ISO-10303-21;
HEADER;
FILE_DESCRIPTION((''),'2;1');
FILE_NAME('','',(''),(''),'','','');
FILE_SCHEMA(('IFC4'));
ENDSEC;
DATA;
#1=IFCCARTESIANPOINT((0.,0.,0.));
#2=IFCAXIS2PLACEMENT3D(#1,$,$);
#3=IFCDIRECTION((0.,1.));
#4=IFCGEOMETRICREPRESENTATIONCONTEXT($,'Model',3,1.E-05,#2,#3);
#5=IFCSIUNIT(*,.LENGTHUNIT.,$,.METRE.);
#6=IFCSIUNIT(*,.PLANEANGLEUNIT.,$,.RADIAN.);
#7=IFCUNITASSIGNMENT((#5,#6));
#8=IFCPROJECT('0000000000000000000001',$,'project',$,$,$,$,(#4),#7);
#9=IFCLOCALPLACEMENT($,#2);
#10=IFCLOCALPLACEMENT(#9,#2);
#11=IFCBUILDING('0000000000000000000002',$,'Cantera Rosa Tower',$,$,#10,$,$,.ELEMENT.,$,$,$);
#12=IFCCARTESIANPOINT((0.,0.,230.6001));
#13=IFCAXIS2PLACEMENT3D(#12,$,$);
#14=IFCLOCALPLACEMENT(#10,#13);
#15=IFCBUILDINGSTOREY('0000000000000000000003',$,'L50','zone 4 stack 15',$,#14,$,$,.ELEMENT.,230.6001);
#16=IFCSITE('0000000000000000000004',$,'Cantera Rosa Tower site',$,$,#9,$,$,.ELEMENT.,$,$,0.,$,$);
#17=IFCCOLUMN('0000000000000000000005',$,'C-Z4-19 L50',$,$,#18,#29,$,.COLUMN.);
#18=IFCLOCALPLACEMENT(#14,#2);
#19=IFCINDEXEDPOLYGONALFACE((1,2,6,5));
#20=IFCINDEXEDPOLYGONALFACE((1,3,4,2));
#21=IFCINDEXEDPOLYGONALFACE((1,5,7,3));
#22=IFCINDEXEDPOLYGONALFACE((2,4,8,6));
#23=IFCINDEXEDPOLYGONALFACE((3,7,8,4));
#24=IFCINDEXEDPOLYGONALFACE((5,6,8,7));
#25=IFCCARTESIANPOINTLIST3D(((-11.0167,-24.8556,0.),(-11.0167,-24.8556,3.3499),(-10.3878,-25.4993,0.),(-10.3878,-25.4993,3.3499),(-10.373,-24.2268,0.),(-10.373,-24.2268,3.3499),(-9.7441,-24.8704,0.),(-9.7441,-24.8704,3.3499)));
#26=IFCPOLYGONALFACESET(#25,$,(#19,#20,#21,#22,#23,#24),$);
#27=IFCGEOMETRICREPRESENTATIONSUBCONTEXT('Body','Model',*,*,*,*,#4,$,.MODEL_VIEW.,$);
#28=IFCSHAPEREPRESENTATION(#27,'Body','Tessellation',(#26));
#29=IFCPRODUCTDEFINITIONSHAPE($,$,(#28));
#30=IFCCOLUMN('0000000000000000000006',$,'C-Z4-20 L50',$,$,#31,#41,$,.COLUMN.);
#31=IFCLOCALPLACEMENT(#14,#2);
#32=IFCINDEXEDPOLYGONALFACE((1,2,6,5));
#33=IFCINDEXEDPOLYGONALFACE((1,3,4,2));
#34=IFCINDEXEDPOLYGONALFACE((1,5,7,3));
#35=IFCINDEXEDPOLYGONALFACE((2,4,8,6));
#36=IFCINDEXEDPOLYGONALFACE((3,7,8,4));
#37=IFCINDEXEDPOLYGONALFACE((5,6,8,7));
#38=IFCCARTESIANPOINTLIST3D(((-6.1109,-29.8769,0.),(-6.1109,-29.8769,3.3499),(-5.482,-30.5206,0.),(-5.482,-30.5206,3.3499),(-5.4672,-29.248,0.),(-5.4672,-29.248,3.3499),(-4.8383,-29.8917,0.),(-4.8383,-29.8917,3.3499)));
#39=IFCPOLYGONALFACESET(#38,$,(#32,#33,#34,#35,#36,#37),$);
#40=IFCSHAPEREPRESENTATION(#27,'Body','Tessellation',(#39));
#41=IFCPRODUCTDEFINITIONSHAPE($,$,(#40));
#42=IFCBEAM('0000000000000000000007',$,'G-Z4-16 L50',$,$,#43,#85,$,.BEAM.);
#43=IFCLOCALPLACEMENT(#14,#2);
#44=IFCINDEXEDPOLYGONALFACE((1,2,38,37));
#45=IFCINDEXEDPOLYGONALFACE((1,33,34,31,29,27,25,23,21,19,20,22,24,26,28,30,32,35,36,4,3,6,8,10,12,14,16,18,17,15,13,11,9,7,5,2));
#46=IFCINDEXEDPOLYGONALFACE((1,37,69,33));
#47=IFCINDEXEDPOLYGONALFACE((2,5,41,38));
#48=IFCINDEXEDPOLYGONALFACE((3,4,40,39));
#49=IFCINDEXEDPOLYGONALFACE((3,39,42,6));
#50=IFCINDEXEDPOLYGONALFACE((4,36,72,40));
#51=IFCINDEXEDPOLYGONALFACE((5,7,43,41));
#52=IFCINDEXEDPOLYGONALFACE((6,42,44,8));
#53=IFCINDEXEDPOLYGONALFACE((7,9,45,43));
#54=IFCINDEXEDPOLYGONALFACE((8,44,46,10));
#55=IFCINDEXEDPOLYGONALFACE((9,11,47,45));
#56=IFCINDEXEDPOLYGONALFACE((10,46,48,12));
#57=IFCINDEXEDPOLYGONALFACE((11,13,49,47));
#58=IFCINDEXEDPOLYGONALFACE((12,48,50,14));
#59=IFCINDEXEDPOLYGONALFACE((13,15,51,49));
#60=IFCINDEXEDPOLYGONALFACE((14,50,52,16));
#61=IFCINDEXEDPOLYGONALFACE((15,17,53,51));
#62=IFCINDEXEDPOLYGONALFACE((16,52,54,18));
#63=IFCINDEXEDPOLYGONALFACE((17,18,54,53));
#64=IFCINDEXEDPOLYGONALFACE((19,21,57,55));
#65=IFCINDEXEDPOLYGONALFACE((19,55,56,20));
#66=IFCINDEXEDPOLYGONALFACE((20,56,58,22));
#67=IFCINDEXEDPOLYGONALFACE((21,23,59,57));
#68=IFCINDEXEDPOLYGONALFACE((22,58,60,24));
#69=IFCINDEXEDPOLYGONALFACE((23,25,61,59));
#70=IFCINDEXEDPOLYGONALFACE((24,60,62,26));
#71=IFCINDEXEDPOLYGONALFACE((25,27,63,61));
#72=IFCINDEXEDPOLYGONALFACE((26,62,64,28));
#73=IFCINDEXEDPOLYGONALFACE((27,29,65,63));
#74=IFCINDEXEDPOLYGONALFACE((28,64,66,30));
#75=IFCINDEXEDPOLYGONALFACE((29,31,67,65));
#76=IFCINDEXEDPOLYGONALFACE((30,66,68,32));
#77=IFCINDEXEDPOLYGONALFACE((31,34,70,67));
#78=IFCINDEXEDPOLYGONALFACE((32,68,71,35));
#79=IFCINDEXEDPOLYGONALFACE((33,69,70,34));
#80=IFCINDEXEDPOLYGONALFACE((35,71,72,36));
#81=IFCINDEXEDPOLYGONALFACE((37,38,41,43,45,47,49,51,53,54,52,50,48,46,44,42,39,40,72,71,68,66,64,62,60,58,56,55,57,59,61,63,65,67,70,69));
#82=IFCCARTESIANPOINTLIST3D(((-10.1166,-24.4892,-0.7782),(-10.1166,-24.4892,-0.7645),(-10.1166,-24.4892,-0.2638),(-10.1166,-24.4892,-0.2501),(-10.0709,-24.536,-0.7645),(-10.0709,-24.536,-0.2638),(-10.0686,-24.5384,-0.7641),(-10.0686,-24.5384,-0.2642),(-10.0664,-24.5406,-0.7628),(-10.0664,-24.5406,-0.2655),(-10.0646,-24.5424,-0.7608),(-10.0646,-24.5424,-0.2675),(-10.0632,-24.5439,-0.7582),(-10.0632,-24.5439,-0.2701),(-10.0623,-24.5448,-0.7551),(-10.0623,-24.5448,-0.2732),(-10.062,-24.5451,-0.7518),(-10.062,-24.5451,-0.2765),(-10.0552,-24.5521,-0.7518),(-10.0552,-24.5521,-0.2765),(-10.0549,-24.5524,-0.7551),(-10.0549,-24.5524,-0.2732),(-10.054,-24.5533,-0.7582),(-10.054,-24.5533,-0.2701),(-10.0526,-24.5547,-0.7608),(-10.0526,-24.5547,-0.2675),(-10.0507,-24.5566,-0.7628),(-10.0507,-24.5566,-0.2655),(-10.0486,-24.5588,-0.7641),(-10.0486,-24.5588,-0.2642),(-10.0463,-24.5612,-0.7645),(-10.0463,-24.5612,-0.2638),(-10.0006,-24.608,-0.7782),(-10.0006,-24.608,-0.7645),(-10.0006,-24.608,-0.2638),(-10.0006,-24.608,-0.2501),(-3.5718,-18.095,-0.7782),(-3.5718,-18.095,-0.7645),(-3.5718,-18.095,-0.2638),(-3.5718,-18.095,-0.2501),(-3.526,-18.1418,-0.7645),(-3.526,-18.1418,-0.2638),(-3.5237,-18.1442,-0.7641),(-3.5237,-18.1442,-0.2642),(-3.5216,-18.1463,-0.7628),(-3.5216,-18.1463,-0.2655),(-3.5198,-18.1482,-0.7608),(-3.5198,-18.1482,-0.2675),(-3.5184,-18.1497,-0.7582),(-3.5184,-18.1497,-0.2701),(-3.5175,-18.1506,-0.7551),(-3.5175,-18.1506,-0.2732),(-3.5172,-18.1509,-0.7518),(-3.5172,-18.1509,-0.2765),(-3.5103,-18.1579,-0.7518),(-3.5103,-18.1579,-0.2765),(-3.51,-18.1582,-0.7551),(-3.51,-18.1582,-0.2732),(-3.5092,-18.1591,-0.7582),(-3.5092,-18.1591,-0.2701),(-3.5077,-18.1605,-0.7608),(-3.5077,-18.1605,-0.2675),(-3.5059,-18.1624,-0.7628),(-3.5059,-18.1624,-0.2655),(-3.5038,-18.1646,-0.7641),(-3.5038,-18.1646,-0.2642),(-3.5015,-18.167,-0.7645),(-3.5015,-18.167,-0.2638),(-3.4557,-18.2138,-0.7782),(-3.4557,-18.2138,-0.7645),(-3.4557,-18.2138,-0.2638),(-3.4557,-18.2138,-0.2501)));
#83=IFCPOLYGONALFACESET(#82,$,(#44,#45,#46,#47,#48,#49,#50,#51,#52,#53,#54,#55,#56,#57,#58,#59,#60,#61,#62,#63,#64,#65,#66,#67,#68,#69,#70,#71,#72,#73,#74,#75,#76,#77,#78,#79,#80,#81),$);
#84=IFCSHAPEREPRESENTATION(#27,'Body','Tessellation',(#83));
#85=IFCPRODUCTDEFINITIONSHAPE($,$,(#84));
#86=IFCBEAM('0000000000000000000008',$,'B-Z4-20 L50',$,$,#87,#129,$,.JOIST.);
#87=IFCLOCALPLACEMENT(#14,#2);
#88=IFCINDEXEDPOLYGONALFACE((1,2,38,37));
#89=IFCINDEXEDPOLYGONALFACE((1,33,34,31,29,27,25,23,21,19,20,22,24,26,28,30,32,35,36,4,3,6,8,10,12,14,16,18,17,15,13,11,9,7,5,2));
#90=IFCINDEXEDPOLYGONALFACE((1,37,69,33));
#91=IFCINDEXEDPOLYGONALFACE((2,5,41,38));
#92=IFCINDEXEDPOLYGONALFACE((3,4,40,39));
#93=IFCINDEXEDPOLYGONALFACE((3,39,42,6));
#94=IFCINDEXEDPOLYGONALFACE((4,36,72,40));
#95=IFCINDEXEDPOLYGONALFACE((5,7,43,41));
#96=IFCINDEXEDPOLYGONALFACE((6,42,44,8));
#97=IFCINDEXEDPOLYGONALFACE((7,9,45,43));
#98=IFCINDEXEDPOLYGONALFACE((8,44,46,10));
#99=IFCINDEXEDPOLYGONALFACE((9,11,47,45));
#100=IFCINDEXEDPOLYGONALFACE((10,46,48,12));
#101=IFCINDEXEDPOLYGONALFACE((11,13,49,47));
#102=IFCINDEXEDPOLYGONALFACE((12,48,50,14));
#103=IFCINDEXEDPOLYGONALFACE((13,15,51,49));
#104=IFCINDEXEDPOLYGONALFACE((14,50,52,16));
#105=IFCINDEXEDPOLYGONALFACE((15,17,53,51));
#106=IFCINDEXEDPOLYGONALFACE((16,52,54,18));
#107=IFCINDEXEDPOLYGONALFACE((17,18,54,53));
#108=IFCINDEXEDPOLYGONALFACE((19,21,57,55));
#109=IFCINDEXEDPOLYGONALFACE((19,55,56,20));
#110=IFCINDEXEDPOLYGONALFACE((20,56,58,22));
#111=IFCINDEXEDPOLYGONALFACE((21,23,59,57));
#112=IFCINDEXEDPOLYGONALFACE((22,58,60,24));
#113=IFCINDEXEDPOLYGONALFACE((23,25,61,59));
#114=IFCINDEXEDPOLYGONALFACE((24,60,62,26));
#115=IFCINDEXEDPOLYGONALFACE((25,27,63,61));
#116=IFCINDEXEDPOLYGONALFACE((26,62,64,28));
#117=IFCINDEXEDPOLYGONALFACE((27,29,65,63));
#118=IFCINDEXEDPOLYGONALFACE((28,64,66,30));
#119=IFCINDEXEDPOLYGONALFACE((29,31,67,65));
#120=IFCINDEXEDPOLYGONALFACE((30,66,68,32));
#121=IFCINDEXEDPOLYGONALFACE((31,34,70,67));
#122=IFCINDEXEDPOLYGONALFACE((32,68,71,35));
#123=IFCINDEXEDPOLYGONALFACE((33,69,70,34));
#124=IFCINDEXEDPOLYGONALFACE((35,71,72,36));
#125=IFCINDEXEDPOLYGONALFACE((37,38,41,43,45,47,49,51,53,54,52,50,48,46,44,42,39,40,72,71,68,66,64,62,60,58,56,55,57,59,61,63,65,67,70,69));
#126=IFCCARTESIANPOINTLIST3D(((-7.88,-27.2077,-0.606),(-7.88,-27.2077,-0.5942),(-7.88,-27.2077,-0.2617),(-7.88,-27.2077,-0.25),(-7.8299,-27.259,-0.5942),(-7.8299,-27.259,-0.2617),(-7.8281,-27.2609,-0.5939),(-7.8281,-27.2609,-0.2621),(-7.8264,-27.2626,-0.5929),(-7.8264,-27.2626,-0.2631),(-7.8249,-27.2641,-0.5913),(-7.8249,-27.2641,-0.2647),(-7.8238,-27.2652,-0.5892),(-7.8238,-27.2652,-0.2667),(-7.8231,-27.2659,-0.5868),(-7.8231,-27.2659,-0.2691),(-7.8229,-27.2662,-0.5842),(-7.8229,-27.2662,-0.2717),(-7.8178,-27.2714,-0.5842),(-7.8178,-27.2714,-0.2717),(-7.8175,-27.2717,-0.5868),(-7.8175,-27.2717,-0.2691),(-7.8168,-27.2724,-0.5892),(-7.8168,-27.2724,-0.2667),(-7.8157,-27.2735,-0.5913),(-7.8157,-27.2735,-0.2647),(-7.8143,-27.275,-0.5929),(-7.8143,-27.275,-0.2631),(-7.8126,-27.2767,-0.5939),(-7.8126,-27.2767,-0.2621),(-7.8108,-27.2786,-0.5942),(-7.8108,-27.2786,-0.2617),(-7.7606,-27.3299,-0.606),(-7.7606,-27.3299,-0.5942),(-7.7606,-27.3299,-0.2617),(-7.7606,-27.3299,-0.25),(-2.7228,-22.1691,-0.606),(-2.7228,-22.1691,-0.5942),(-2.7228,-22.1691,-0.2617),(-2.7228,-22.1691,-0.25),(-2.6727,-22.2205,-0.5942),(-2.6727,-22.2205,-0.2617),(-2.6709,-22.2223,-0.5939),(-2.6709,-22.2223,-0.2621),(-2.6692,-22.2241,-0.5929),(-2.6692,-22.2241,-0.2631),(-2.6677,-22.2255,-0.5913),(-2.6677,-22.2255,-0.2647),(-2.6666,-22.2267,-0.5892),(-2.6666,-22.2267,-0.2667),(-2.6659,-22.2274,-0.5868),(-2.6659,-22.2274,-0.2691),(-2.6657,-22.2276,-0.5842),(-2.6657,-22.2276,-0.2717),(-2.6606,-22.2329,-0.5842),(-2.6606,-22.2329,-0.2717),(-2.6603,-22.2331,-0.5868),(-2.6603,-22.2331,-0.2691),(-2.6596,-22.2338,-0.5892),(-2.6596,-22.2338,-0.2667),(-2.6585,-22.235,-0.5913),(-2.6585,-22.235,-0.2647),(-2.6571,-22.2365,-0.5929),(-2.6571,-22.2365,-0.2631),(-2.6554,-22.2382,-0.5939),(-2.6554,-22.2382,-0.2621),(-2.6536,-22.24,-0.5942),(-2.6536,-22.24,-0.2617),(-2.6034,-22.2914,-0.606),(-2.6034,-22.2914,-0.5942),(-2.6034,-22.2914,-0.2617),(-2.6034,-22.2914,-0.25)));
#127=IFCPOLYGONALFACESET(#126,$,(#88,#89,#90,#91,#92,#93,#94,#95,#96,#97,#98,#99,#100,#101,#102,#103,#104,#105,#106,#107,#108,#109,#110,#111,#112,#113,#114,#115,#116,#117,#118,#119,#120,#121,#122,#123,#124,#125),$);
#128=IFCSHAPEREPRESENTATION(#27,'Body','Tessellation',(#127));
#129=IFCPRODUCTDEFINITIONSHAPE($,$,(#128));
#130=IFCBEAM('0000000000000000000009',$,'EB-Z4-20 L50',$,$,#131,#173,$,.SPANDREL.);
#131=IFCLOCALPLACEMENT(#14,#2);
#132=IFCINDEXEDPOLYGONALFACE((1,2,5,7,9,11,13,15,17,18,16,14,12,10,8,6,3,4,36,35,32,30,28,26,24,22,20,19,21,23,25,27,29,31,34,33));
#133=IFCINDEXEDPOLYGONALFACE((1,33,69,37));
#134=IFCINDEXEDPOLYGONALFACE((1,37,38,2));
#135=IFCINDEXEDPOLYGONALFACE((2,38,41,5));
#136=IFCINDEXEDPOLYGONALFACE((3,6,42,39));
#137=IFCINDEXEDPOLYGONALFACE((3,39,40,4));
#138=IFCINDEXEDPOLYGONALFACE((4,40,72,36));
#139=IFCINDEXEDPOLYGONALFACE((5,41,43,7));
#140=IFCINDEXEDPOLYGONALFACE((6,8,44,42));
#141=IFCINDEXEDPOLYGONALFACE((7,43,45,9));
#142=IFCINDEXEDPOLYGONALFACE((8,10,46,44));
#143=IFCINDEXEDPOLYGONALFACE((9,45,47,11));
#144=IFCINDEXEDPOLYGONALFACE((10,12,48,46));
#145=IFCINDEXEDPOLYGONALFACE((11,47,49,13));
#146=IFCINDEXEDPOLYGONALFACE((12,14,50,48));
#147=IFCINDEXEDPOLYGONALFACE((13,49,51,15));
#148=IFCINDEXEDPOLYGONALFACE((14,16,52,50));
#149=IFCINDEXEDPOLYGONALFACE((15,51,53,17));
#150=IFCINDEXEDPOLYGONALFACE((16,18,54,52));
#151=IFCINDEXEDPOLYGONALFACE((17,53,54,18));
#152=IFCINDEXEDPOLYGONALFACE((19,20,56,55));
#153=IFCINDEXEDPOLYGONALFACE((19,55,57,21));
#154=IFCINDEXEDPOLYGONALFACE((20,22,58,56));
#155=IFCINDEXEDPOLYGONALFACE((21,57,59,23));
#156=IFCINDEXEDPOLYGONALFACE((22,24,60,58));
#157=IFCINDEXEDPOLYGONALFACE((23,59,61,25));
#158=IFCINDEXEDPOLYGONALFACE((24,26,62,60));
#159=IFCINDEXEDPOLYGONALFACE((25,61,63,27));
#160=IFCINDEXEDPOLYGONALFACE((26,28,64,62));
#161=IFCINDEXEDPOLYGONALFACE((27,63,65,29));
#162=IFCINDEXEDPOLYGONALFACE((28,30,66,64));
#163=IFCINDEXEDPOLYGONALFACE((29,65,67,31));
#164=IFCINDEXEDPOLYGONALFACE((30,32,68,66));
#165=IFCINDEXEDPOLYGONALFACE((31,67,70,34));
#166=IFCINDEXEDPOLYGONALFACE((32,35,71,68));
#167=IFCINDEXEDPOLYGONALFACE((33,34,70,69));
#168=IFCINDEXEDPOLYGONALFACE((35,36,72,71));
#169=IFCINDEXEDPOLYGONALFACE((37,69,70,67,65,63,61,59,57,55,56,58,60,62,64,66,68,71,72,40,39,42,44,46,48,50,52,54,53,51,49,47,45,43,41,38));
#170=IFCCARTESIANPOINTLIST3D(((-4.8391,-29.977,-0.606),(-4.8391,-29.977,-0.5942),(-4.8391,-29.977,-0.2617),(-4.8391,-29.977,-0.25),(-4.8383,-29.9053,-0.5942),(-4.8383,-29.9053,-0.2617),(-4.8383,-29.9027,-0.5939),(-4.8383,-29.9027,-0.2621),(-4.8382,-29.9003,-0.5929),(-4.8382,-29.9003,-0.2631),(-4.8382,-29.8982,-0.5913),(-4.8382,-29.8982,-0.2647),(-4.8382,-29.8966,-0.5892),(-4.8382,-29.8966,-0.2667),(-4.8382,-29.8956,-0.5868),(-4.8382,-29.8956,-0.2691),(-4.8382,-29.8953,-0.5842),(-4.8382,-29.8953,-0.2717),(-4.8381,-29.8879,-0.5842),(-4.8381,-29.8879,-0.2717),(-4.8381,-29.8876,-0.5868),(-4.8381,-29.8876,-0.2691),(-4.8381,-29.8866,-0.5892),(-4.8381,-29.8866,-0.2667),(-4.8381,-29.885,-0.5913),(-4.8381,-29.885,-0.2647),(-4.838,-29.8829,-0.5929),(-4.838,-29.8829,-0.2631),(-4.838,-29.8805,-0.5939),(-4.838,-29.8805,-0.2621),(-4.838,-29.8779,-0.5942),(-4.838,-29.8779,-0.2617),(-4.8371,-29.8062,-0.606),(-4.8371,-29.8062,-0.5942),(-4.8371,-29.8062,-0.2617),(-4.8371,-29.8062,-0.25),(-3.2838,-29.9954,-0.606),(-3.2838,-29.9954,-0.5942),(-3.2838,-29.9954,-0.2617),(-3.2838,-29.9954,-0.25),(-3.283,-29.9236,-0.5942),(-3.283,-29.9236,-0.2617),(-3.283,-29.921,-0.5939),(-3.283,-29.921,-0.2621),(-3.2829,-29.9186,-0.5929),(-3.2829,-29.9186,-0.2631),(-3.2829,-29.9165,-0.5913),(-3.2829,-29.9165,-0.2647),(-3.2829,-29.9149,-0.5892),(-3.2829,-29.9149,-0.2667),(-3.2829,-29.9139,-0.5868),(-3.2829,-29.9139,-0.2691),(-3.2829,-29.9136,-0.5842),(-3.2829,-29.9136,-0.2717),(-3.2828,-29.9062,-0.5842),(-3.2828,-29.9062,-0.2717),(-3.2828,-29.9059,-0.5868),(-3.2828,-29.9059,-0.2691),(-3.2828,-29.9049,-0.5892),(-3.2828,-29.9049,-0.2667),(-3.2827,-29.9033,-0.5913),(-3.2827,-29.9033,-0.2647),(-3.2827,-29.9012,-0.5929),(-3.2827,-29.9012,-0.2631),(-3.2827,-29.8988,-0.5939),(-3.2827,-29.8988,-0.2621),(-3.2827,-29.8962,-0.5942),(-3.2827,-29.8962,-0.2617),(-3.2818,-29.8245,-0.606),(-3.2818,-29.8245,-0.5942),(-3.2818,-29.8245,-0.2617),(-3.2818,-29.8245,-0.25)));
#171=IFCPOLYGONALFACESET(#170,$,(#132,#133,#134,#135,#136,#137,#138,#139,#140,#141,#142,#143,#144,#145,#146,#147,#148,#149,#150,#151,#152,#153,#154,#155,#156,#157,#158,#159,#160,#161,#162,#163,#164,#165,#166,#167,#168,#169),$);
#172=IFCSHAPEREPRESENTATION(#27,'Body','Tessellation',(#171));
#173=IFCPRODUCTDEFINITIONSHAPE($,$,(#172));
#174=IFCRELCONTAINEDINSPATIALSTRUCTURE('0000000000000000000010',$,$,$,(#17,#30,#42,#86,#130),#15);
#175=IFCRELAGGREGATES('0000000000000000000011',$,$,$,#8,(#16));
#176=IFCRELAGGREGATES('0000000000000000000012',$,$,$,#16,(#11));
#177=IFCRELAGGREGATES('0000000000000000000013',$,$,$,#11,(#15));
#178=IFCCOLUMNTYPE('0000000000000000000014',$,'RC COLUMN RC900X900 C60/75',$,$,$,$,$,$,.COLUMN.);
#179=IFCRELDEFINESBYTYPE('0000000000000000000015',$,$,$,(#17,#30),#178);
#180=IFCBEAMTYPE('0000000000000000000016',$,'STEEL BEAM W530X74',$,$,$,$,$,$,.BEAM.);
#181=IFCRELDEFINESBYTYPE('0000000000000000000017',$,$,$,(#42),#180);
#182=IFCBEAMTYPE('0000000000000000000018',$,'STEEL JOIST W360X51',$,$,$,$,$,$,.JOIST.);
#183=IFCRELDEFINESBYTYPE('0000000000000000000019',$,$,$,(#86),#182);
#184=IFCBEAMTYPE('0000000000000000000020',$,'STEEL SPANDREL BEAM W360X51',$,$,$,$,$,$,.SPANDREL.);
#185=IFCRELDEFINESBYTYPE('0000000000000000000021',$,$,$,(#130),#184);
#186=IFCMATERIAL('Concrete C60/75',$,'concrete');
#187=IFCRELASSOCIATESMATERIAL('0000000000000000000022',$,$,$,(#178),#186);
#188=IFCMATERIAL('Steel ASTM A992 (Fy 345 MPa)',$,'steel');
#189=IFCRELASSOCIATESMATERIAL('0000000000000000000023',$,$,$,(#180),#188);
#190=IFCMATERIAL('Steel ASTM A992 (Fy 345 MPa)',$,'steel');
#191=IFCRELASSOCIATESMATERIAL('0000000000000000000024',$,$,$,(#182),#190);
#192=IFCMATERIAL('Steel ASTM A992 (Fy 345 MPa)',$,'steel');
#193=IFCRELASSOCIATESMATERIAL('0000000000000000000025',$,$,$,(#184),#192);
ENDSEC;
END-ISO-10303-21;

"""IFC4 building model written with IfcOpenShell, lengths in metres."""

from ifc_helpers import new_model, si_unit, direction, frame, origin, origin_2d, place, context, subcontext, project, spatial, rectangle, i_section, extrude, material, material_profile, profile_set, type_object, element, save


model = new_model("IFC4")

# Units and contexts
model_context = context("Model", 3, precision=1e-05, world=origin(), true_north=direction((0.0, 1.0)))
body_context = subcontext(model_context, "Body", "Model", "MODEL_VIEW")
ifc_project = project(units=[si_unit("LENGTHUNIT", "METRE"), si_unit("PLANEANGLEUNIT", "RADIAN")], contexts=[model_context])

# Site, building, storey
site_placement = place(None, origin())
site = spatial("IfcSite", under=ifc_project, at=site_placement, Name="Cantera Rosa Tower site", CompositionType="ELEMENT", RefElevation=0.0)
building_placement = place(site_placement, origin())
building = spatial("IfcBuilding", under=site, at=building_placement, Name="Cantera Rosa Tower", CompositionType="ELEMENT")
storey_placement = place(building_placement, frame((0.0, 0.0, 230.6001)))
storey = spatial("IfcBuildingStorey", under=building, at=storey_placement, Name="L50", Description="zone 4 stack 15", CompositionType="ELEMENT", Elevation=230.6001)

# Columns
ifc_material_1 = material(Name="Concrete C60/75", Category="concrete")
ifc_material_profile_1 = material_profile(ifc_material_1, rectangle(XDim=0.8999, YDim=0.8999, at=origin_2d()), Name="RC COLUMN RC900X900 C60/75")
ifc_profile_set_1 = profile_set([ifc_material_profile_1], Name="Concrete C60/75")
column_type = type_object("IfcColumnType", Name="RC COLUMN RC900X900 C60/75", PredefinedType="COLUMN", material=ifc_profile_set_1)
for number, where, z_axis, x_axis, name in (
    (1, (-10.3804, -24.863, 0.0), (0.0, 0.0, 1.0), (0.715286, 0.698832, 0.0), "C-Z4-19 L50"),
    (2, (-5.4746, -29.8843, 0.0), (0.0, 0.0, 1.0), (0.715286, 0.698832, 0.0), "C-Z4-20 L50"),
):
    element("IfcColumn", number, at=place(storey_placement, frame(where, z_axis=z_axis, x_axis=x_axis)), inside=storey, type_object=column_type, Name=name, PredefinedType="COLUMN", context=body_context, shape_type="SweptSolid", body=[
        extrude(rectangle(XDim=0.8999, YDim=0.8999, at=origin_2d()), origin(), (0.0, 0.0, 1.0), 3.3499),
    ])

# Beams
ifc_material_2 = material(Name="Steel ASTM A992 (Fy 345 MPa)", Category="steel")
ifc_material_profile_2 = material_profile(ifc_material_2, i_section(OverallWidth=0.166, OverallDepth=0.5281, WebThickness=0.0098, FlangeThickness=0.0137, FilletRadius=0.0127, at=origin_2d()), Name="W530X74")
ifc_profile_set_2 = profile_set([ifc_material_profile_2], Name="Steel ASTM A992 (Fy 345 MPa)")
beam_type_1 = type_object("IfcBeamType", Name="STEEL BEAM W530X74", PredefinedType="BEAM", material=ifc_profile_set_2)
beam_1_placement = place(storey_placement, frame((-10.0586, -24.5486, -0.5142), z_axis=(0.71529, 0.698827, 0.0), x_axis=(-0.698827, 0.71529, 0.0)))
element("IfcBeam", 3, at=beam_1_placement, inside=storey, type_object=beam_type_1, Name="G-Z4-16 L50", PredefinedType="BEAM", context=body_context, shape_type="SweptSolid", body=[
    extrude(i_section(OverallWidth=0.166, OverallDepth=0.5281, WebThickness=0.0098, FlangeThickness=0.0137, FilletRadius=0.0127, at=origin_2d()), origin(), (0.0, 0.0, 1.0), 9.1499),
])
ifc_material_3 = material(Name="Steel ASTM A992 (Fy 345 MPa)", Category="steel")
ifc_material_profile_3 = material_profile(ifc_material_3, i_section(OverallWidth=0.1709, OverallDepth=0.356, WebThickness=0.0073, FlangeThickness=0.0117, FilletRadius=0.01, at=origin_2d()), Name="W360X51")
ifc_profile_set_3 = profile_set([ifc_material_profile_3], Name="Steel ASTM A992 (Fy 345 MPa)")
beam_type_2 = type_object("IfcBeamType", Name="STEEL JOIST W360X51", PredefinedType="JOIST", material=ifc_profile_set_3)
beam_2_placement = place(storey_placement, frame((-7.8203, -27.2688, -0.428), z_axis=(0.715287, 0.698831, 0.0), x_axis=(-0.698831, 0.715287, 0.0)))
element("IfcBeam", 4, at=beam_2_placement, inside=storey, type_object=beam_type_2, Name="B-Z4-20 L50", PredefinedType="JOIST", context=body_context, shape_type="SweptSolid", body=[
    extrude(i_section(OverallWidth=0.1709, OverallDepth=0.356, WebThickness=0.0073, FlangeThickness=0.0117, FilletRadius=0.01, at=origin_2d()), origin(), (0.0, 0.0, 1.0), 7.21),
])
ifc_material_4 = material(Name="Steel ASTM A992 (Fy 345 MPa)", Category="steel")
ifc_material_profile_4 = material_profile(ifc_material_4, i_section(OverallWidth=0.1709, OverallDepth=0.356, WebThickness=0.0073, FlangeThickness=0.0117, FilletRadius=0.01, at=origin_2d()), Name="W360X51")
ifc_profile_set_4 = profile_set([ifc_material_profile_4], Name="Steel ASTM A992 (Fy 345 MPa)")
beam_type_3 = type_object("IfcBeamType", Name="STEEL SPANDREL BEAM W360X51", PredefinedType="SPANDREL", material=ifc_profile_set_4)
beam_3_placement = place(storey_placement, frame((-4.8381, -29.8916, -0.428), z_axis=(0.999931, -0.011771, 0.0), x_axis=(0.011771, 0.999931, 0.0)))
element("IfcBeam", 5, at=beam_3_placement, inside=storey, type_object=beam_type_3, Name="EB-Z4-20 L50", PredefinedType="SPANDREL", context=body_context, shape_type="SweptSolid", body=[
    extrude(i_section(OverallWidth=0.1709, OverallDepth=0.356, WebThickness=0.0073, FlangeThickness=0.0117, FilletRadius=0.01, at=origin_2d()), origin(), (0.0, 0.0, 1.0), 1.5554),
])

save(model, "model.ifc")
